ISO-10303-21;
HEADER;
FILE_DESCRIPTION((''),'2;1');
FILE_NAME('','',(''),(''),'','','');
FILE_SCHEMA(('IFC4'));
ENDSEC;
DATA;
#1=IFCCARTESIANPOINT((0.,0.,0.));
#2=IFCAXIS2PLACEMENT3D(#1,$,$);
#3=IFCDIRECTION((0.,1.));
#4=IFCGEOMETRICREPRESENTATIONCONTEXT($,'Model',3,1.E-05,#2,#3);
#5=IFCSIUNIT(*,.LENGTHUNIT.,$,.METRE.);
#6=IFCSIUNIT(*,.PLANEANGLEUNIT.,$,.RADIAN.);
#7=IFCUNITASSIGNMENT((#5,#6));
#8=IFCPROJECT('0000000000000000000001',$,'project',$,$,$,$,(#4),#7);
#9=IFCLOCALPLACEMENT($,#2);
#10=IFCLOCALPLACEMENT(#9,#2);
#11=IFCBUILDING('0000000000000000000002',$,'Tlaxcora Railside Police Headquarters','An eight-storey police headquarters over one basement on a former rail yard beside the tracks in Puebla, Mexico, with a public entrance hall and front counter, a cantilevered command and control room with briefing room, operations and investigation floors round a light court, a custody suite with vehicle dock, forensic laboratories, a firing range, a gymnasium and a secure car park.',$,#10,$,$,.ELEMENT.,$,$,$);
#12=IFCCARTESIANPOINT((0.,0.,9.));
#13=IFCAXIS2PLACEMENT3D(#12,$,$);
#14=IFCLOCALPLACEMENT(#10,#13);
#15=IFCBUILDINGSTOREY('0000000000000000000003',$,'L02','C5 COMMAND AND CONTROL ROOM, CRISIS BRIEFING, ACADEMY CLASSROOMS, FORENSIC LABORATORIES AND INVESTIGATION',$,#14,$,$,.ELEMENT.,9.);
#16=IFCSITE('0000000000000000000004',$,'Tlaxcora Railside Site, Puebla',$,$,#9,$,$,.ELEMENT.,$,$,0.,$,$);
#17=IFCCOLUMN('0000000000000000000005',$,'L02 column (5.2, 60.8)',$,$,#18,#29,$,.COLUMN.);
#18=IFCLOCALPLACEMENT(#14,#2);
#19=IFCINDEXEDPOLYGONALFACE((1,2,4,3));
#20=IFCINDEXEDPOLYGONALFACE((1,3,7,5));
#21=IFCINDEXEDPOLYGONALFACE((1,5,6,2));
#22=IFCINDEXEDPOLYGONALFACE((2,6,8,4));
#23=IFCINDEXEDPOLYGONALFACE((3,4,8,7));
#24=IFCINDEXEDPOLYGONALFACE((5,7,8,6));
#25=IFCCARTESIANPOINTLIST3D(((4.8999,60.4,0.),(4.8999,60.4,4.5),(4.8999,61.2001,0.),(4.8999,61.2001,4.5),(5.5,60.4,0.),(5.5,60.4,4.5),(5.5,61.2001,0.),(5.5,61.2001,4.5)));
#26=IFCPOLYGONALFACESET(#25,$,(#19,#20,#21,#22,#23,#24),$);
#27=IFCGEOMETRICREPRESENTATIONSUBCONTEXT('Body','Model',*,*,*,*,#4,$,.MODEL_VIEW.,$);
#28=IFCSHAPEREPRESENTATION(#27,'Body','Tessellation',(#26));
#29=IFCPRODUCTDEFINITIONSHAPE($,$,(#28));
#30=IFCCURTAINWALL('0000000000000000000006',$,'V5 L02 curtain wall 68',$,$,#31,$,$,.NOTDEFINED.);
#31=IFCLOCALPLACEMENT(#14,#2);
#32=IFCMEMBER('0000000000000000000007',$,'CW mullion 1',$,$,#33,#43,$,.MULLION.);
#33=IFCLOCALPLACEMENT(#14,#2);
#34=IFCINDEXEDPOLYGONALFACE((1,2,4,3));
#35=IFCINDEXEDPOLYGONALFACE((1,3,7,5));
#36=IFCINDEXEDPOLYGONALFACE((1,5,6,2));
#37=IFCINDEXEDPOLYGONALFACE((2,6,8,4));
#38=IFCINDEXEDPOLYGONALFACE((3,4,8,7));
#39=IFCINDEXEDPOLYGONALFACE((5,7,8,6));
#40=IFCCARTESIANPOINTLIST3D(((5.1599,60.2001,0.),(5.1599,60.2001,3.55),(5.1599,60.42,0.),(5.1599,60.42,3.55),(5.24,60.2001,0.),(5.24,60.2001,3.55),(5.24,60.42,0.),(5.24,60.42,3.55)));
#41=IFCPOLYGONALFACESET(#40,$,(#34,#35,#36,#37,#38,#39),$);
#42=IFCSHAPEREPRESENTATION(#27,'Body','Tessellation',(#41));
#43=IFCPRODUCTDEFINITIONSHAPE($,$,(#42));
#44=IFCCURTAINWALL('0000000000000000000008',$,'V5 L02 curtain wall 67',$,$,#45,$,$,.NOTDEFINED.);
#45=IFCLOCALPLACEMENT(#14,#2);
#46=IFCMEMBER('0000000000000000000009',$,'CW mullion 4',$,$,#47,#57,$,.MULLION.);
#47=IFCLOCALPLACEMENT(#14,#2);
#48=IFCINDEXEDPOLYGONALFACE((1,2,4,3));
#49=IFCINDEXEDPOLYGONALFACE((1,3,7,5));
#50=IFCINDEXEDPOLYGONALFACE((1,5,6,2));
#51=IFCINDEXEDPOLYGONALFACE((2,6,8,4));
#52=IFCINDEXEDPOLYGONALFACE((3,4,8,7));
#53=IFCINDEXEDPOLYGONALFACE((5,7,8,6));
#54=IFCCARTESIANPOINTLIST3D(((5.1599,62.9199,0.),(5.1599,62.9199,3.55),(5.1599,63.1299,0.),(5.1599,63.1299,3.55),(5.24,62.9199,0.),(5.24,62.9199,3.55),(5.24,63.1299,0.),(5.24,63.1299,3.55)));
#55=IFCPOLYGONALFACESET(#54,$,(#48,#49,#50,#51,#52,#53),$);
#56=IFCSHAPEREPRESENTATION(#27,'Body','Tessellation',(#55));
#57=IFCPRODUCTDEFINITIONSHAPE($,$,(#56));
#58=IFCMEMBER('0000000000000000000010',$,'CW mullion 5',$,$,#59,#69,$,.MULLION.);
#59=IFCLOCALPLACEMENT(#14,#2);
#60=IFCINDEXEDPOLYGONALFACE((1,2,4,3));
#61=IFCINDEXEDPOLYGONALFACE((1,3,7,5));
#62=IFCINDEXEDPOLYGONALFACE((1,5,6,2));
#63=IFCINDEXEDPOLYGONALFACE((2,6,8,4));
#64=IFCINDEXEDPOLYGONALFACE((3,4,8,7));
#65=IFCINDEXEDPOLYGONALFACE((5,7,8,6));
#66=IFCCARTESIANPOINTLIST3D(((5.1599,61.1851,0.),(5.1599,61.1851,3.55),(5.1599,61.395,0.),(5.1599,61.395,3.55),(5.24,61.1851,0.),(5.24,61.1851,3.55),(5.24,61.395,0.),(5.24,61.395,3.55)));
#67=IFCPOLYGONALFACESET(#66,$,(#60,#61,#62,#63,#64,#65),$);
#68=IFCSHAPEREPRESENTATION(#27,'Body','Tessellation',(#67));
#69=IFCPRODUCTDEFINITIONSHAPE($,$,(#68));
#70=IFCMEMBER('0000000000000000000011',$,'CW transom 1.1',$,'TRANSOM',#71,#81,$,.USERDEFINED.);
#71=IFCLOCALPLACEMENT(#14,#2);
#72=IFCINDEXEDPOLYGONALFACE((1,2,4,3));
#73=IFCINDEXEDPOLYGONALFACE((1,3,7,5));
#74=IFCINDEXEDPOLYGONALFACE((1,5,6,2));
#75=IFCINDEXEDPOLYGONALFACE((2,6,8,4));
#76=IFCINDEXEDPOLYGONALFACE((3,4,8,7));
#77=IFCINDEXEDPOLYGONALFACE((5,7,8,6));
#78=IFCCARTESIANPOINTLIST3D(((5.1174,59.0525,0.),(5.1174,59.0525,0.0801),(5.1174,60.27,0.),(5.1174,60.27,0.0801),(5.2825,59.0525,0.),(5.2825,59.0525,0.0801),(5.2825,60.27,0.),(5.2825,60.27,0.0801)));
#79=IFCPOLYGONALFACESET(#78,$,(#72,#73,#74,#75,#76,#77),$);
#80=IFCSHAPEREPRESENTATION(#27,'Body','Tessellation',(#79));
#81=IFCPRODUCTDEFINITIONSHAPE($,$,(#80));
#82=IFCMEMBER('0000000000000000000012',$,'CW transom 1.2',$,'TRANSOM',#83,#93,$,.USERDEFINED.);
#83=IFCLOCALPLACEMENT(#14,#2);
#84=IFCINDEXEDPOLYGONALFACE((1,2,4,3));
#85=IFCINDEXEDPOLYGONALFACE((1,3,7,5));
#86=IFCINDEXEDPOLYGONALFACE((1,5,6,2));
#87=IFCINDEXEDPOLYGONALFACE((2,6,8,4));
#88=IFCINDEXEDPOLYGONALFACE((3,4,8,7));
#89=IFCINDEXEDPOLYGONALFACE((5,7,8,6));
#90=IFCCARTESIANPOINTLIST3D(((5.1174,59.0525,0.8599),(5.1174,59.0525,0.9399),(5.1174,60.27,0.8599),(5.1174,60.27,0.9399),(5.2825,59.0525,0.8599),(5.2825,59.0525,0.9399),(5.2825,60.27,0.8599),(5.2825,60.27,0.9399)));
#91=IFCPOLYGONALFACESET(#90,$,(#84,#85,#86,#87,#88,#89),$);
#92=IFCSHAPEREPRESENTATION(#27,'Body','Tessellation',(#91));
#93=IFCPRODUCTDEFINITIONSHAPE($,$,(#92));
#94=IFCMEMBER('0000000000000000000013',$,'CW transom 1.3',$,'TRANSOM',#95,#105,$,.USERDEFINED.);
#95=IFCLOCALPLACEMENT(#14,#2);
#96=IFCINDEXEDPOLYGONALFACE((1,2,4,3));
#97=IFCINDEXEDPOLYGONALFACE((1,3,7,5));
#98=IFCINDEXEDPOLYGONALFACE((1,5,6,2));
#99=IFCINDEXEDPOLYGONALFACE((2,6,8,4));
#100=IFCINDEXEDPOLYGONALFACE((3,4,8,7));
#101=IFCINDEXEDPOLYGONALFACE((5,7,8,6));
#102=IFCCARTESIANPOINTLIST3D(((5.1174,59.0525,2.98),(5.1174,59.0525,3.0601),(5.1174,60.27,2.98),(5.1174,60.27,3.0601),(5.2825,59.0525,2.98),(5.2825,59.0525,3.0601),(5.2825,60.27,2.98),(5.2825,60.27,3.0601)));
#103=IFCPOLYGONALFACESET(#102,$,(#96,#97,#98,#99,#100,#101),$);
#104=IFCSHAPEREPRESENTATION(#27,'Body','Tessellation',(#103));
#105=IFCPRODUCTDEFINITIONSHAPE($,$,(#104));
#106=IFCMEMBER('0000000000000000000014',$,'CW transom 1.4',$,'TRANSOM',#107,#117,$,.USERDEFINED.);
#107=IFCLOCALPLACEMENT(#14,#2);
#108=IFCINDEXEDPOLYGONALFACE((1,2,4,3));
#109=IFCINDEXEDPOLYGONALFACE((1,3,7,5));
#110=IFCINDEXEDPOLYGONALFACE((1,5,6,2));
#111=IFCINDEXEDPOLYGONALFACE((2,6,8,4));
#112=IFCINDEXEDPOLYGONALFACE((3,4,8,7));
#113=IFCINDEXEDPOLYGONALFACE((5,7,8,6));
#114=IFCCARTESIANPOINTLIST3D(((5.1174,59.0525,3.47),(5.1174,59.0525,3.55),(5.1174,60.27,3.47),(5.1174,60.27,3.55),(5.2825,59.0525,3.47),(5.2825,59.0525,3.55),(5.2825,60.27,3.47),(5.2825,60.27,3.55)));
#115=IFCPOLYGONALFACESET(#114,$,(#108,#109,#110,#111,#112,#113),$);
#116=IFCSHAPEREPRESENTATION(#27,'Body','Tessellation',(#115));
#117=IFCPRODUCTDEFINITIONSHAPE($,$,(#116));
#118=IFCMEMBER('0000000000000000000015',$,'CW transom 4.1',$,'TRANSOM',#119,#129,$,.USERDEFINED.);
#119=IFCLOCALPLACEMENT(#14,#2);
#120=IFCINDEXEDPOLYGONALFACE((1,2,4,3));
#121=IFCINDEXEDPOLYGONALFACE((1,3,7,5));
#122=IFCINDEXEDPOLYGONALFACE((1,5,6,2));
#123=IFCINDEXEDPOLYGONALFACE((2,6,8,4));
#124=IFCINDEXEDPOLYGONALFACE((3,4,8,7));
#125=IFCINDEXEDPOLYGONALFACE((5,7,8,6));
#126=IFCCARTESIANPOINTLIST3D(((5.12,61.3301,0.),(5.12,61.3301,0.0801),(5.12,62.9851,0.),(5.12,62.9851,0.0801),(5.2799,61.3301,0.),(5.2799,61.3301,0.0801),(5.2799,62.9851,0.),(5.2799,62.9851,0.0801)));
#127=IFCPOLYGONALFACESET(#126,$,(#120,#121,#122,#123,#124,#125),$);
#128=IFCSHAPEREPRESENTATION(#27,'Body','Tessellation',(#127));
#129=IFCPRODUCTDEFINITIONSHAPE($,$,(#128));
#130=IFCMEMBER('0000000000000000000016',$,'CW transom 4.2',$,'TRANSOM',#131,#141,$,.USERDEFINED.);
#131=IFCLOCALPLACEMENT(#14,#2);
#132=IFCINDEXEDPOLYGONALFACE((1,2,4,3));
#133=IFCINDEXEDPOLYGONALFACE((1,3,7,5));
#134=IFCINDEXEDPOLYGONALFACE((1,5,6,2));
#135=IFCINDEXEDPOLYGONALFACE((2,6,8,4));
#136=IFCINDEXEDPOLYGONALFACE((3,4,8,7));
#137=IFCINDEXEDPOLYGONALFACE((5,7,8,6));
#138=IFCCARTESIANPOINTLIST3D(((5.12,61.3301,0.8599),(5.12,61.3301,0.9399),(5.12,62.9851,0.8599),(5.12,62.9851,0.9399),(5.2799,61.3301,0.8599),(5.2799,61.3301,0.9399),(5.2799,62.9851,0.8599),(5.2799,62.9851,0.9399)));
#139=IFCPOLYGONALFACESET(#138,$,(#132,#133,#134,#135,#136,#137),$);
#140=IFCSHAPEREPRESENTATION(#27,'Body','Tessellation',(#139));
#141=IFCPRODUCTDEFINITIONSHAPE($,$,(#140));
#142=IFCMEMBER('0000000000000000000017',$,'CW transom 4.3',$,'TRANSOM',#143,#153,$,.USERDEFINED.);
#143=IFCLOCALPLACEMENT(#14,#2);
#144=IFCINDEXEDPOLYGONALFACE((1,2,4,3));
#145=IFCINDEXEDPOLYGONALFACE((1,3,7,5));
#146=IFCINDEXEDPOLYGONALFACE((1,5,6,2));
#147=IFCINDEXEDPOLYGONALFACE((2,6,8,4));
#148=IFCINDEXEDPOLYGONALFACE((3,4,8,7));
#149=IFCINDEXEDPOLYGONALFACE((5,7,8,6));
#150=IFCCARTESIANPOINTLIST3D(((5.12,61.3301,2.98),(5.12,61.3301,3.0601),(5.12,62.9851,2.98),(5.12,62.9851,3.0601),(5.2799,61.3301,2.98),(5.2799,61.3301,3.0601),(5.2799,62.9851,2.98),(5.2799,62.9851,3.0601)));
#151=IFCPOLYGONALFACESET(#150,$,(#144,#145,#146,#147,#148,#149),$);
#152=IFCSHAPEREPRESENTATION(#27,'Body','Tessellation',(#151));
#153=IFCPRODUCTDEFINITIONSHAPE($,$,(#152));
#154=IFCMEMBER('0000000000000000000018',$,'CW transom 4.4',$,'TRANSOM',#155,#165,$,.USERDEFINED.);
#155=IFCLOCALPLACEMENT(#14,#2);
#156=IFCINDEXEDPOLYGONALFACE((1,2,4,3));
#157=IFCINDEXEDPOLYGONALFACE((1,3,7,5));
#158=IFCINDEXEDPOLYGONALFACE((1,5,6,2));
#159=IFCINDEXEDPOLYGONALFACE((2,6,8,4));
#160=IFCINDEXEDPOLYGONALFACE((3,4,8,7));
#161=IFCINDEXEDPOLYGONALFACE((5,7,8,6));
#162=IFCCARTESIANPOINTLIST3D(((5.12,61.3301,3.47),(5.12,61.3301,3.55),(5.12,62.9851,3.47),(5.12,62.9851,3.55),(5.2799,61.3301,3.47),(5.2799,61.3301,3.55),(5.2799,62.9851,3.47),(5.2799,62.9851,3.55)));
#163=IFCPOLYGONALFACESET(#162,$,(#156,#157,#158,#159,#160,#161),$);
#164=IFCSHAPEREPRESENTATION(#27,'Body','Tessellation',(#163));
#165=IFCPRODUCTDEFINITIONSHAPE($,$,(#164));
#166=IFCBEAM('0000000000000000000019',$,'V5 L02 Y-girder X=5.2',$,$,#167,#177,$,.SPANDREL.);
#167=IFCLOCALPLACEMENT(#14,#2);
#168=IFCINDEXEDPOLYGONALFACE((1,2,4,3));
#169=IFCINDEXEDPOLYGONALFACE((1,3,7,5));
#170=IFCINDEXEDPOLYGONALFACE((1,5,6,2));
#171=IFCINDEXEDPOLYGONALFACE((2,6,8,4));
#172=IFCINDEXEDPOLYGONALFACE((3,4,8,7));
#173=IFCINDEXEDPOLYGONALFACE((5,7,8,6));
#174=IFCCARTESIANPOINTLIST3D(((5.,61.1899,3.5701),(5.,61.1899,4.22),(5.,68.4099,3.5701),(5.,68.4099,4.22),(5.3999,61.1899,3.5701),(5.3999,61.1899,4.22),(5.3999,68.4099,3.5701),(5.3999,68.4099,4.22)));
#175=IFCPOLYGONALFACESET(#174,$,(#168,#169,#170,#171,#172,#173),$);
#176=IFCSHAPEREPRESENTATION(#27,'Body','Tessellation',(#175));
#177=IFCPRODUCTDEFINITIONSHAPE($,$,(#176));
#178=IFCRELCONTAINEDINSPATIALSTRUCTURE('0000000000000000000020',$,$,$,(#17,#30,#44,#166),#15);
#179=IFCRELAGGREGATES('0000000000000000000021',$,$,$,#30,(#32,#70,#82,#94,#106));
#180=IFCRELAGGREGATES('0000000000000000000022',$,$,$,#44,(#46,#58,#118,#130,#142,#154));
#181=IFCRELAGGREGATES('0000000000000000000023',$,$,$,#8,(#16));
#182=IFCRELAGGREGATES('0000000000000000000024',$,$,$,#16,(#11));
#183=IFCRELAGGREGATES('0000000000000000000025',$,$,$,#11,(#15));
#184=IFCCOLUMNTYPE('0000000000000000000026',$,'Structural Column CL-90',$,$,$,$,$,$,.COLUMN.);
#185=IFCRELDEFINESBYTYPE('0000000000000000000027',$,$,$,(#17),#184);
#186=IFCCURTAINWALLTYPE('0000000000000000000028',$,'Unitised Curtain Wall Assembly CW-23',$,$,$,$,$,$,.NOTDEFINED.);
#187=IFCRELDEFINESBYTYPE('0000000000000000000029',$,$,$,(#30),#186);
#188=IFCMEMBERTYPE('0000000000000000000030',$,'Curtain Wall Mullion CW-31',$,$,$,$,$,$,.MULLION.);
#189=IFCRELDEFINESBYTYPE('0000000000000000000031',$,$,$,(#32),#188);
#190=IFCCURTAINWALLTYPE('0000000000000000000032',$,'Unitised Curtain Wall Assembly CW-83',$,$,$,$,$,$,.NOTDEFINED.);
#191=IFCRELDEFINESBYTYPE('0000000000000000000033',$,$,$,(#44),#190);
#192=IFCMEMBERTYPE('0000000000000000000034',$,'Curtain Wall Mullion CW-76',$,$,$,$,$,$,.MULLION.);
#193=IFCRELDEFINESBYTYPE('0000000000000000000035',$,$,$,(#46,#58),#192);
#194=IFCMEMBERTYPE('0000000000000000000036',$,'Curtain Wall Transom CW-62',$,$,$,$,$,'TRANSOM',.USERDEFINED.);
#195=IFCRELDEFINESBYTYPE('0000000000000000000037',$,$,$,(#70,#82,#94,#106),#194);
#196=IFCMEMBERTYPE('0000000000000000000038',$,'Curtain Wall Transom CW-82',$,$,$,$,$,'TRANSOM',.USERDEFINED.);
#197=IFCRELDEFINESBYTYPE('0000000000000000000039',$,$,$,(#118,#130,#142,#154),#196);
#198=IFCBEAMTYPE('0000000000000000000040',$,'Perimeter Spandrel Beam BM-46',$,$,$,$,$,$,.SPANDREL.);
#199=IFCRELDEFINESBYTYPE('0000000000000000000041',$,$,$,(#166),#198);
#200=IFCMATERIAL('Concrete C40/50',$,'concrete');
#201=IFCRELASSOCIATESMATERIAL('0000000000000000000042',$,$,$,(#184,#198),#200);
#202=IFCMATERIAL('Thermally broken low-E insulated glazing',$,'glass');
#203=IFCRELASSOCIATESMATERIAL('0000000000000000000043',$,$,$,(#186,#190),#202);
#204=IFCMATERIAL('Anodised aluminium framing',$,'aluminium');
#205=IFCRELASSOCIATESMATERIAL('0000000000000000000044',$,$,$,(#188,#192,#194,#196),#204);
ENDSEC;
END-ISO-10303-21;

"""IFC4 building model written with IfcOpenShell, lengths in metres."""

from ifc_helpers import new_model, si_unit, direction, frame, origin, origin_2d, place, context, subcontext, project, spatial, rectangle, extrude, material, material_profile, profile_set, type_object, element, aggregate, save


model = new_model("IFC4")

# Units and contexts
model_context = context("Model", 3, precision=1e-05, world=origin(), true_north=direction((0.0, 1.0)))
body_context = subcontext(model_context, "Body", "Model", "MODEL_VIEW")
ifc_project = project(units=[si_unit("LENGTHUNIT", "METRE"), si_unit("PLANEANGLEUNIT", "RADIAN")], contexts=[model_context])

# Site, building, storey
site_placement = place(None, origin())
site = spatial("IfcSite", under=ifc_project, at=site_placement, Name="Tlaxcora Railside Site, Puebla", CompositionType="ELEMENT", RefElevation=0.0)
building_placement = place(site_placement, origin())
building = spatial("IfcBuilding", under=site, at=building_placement, Name="Tlaxcora Railside Police Headquarters", Description="An eight-storey police headquarters over one basement on a former rail yard beside the tracks in Puebla, Mexico, with a public entrance hall and front counter, a cantilevered command and control room with briefing room, operations and investigation floors round a light court, a custody suite with vehicle dock, forensic laboratories, a firing range, a gymnasium and a secure car park.", CompositionType="ELEMENT")
storey_placement = place(building_placement, frame((0.0, 0.0, 9.0)))
storey = spatial("IfcBuildingStorey", under=building, at=storey_placement, Name="L02", Description="C5 COMMAND AND CONTROL ROOM, CRISIS BRIEFING, ACADEMY CLASSROOMS, FORENSIC LABORATORIES AND INVESTIGATION", CompositionType="ELEMENT", Elevation=9.0)

# Column
ifc_material_1 = material(Name="Concrete C40/50", Category="concrete")
ifc_material_profile_1 = material_profile(ifc_material_1, rectangle(XDim=0.6001, YDim=0.8, at=origin_2d()), Name="RC600X800")
ifc_profile_set_1 = profile_set([ifc_material_profile_1], Name="Concrete C40/50")
column_type = type_object("IfcColumnType", Name="Structural Column CL-90", PredefinedType="COLUMN", material=ifc_profile_set_1)
column_placement = place(storey_placement, frame((5.2, 60.8, 0.0), z_axis=(0.0, 0.0, 1.0), x_axis=(1.0, 0.0, 0.0)))
element("IfcColumn", 1, at=column_placement, inside=storey, type_object=column_type, Name="L02 column (5.2, 60.8)", PredefinedType="COLUMN", context=body_context, shape_type="SweptSolid", body=[
    extrude(rectangle(XDim=0.6001, YDim=0.8, at=origin_2d()), origin(), (0.0, 0.0, 1.0), 4.5),
])

# Curtain wall, member
ifc_material_2 = material(Name="Thermally broken low-E insulated glazing", Category="glass")
curtain_wall_type_1 = type_object("IfcCurtainWallType", Name="Unitised Curtain Wall Assembly CW-23", PredefinedType="NOTDEFINED", material=ifc_material_2)
curtain_wall_1_placement = place(storey_placement, origin())
curtain_wall_1 = element("IfcCurtainWall", 2, at=curtain_wall_1_placement, inside=storey, type_object=curtain_wall_type_1, Name="V5 L02 curtain wall 68", PredefinedType="NOTDEFINED")
ifc_material_3 = material(Name="Anodised aluminium framing", Category="aluminium")
ifc_material_profile_2 = material_profile(ifc_material_3, rectangle(XDim=0.0801, YDim=0.22, at=origin_2d()), Name="AL80X220")
ifc_profile_set_2 = profile_set([ifc_material_profile_2], Name="Anodised aluminium framing")
member_type_1 = type_object("IfcMemberType", Name="Curtain Wall Mullion CW-31", PredefinedType="MULLION", material=ifc_profile_set_2)
member_1_placement = place(storey_placement, frame((5.2, 60.3101, 0.0), z_axis=(0.0, 0.0, 1.0), x_axis=(1.0, 0.0, 0.0)))
member_1 = element("IfcMember", 3, at=member_1_placement, type_object=member_type_1, Name="CW mullion 1", PredefinedType="MULLION", context=body_context, shape_type="SweptSolid", body=[
    extrude(rectangle(XDim=0.0801, YDim=0.22, at=origin_2d()), origin(), (0.0, 0.0, 1.0), 3.55),
])

# Curtain wall, members
curtain_wall_type_2 = type_object("IfcCurtainWallType", Name="Unitised Curtain Wall Assembly CW-83", PredefinedType="NOTDEFINED", material=ifc_material_2)
curtain_wall_2_placement = place(storey_placement, origin())
curtain_wall_2 = element("IfcCurtainWall", 4, at=curtain_wall_2_placement, inside=storey, type_object=curtain_wall_type_2, Name="V5 L02 curtain wall 67", PredefinedType="NOTDEFINED")
ifc_material_profile_3 = material_profile(ifc_material_3, rectangle(XDim=0.0801, YDim=0.21, at=origin_2d()), Name="AL80X210")
ifc_profile_set_3 = profile_set([ifc_material_profile_3], Name="Anodised aluminium framing")
member_type_2 = type_object("IfcMemberType", Name="Curtain Wall Mullion CW-76", PredefinedType="MULLION", material=ifc_profile_set_3)
member_2_placement = place(storey_placement, frame((5.2, 63.0249, 0.0), z_axis=(0.0, 0.0, 1.0), x_axis=(1.0, 0.0, 0.0)))
member_2 = element("IfcMember", 5, at=member_2_placement, type_object=member_type_2, Name="CW mullion 4", PredefinedType="MULLION", context=body_context, shape_type="SweptSolid", body=[
    extrude(rectangle(XDim=0.0801, YDim=0.21, at=origin_2d()), origin(), (0.0, 0.0, 1.0), 3.55),
])
member_3_placement = place(storey_placement, frame((5.2, 61.29, 0.0), z_axis=(0.0, 0.0, 1.0), x_axis=(1.0, 0.0, 0.0)))
member_3 = element("IfcMember", 6, at=member_3_placement, type_object=member_type_2, Name="CW mullion 5", PredefinedType="MULLION", context=body_context, shape_type="SweptSolid", body=[
    extrude(rectangle(XDim=0.0801, YDim=0.21, at=origin_2d()), origin(), (0.0, 0.0, 1.0), 3.55),
])

# Members
ifc_material_profile_4 = material_profile(ifc_material_3, rectangle(XDim=0.165, YDim=0.0801, at=origin_2d()), Name="AL80X165")
ifc_profile_set_4 = profile_set([ifc_material_profile_4], Name="Anodised aluminium framing")
member_type_3 = type_object("IfcMemberType", Name="Curtain Wall Transom CW-62", ElementType="TRANSOM", PredefinedType="USERDEFINED", material=ifc_profile_set_4)
member_4_placement = place(storey_placement, frame((5.2, 60.27, 0.04), z_axis=(0.0, -1.0, 0.0), x_axis=(1.0, 0.0, 0.0)))
member_4 = element("IfcMember", 7, at=member_4_placement, type_object=member_type_3, Name="CW transom 1.1", ObjectType="TRANSOM", PredefinedType="USERDEFINED", context=body_context, shape_type="SweptSolid", body=[
    extrude(rectangle(XDim=0.165, YDim=0.0801, at=origin_2d()), origin(), (0.0, 0.0, 1.0), 1.2175),
])
member_5_placement = place(storey_placement, frame((5.2, 60.27, 0.8999), z_axis=(0.0, -1.0, 0.0), x_axis=(1.0, 0.0, 0.0)))
member_5 = element("IfcMember", 8, at=member_5_placement, type_object=member_type_3, Name="CW transom 1.2", ObjectType="TRANSOM", PredefinedType="USERDEFINED", context=body_context, shape_type="SweptSolid", body=[
    extrude(rectangle(XDim=0.165, YDim=0.0801, at=origin_2d()), origin(), (0.0, 0.0, 1.0), 1.2175),
])
member_6_placement = place(storey_placement, frame((5.2, 60.27, 3.02), z_axis=(0.0, -1.0, 0.0), x_axis=(1.0, 0.0, 0.0)))
member_6 = element("IfcMember", 9, at=member_6_placement, type_object=member_type_3, Name="CW transom 1.3", ObjectType="TRANSOM", PredefinedType="USERDEFINED", context=body_context, shape_type="SweptSolid", body=[
    extrude(rectangle(XDim=0.165, YDim=0.0801, at=origin_2d()), origin(), (0.0, 0.0, 1.0), 1.2175),
])
member_7_placement = place(storey_placement, frame((5.2, 60.27, 3.51), z_axis=(0.0, -1.0, 0.0), x_axis=(1.0, 0.0, 0.0)))
member_7 = element("IfcMember", 10, at=member_7_placement, type_object=member_type_3, Name="CW transom 1.4", ObjectType="TRANSOM", PredefinedType="USERDEFINED", context=body_context, shape_type="SweptSolid", body=[
    extrude(rectangle(XDim=0.165, YDim=0.0801, at=origin_2d()), origin(), (0.0, 0.0, 1.0), 1.2175),
])
aggregate(curtain_wall_1, [member_1, member_4, member_5, member_6, member_7])
ifc_material_profile_5 = material_profile(ifc_material_3, rectangle(XDim=0.1599, YDim=0.0801, at=origin_2d()), Name="AL80X160")
ifc_profile_set_5 = profile_set([ifc_material_profile_5], Name="Anodised aluminium framing")
member_type_4 = type_object("IfcMemberType", Name="Curtain Wall Transom CW-82", ElementType="TRANSOM", PredefinedType="USERDEFINED", material=ifc_profile_set_5)
member_8_placement = place(storey_placement, frame((5.2, 62.9851, 0.04), z_axis=(0.0, -1.0, 0.0), x_axis=(1.0, 0.0, 0.0)))
member_8 = element("IfcMember", 11, at=member_8_placement, type_object=member_type_4, Name="CW transom 4.1", ObjectType="TRANSOM", PredefinedType="USERDEFINED", context=body_context, shape_type="SweptSolid", body=[
    extrude(rectangle(XDim=0.1599, YDim=0.0801, at=origin_2d()), origin(), (0.0, 0.0, 1.0), 1.655),
])
member_9_placement = place(storey_placement, frame((5.2, 62.9851, 0.8999), z_axis=(0.0, -1.0, 0.0), x_axis=(1.0, 0.0, 0.0)))
member_9 = element("IfcMember", 12, at=member_9_placement, type_object=member_type_4, Name="CW transom 4.2", ObjectType="TRANSOM", PredefinedType="USERDEFINED", context=body_context, shape_type="SweptSolid", body=[
    extrude(rectangle(XDim=0.1599, YDim=0.0801, at=origin_2d()), origin(), (0.0, 0.0, 1.0), 1.655),
])
member_10_placement = place(storey_placement, frame((5.2, 62.9851, 3.02), z_axis=(0.0, -1.0, 0.0), x_axis=(1.0, 0.0, 0.0)))
member_10 = element("IfcMember", 13, at=member_10_placement, type_object=member_type_4, Name="CW transom 4.3", ObjectType="TRANSOM", PredefinedType="USERDEFINED", context=body_context, shape_type="SweptSolid", body=[
    extrude(rectangle(XDim=0.1599, YDim=0.0801, at=origin_2d()), origin(), (0.0, 0.0, 1.0), 1.655),
])
member_11_placement = place(storey_placement, frame((5.2, 62.9851, 3.51), z_axis=(0.0, -1.0, 0.0), x_axis=(1.0, 0.0, 0.0)))
member_11 = element("IfcMember", 14, at=member_11_placement, type_object=member_type_4, Name="CW transom 4.4", ObjectType="TRANSOM", PredefinedType="USERDEFINED", context=body_context, shape_type="SweptSolid", body=[
    extrude(rectangle(XDim=0.1599, YDim=0.0801, at=origin_2d()), origin(), (0.0, 0.0, 1.0), 1.655),
])

# Beam
ifc_material_profile_6 = material_profile(ifc_material_1, rectangle(XDim=0.3999, YDim=0.6499, at=origin_2d()), Name="RC400X650")
ifc_profile_set_6 = profile_set([ifc_material_profile_6], Name="Concrete C40/50")
beam_type = type_object("IfcBeamType", Name="Perimeter Spandrel Beam BM-46", PredefinedType="SPANDREL", material=ifc_profile_set_6)
beam_placement = place(storey_placement, frame((5.2, 61.1899, 3.895), z_axis=(0.0, 1.0, 0.0), x_axis=(-1.0, 0.0, 0.0)))
element("IfcBeam", 15, at=beam_placement, inside=storey, type_object=beam_type, Name="V5 L02 Y-girder X=5.2", PredefinedType="SPANDREL", context=body_context, shape_type="SweptSolid", body=[
    extrude(rectangle(XDim=0.3999, YDim=0.6499, at=origin_2d()), origin(), (0.0, 0.0, 1.0), 7.22),
])

aggregate(curtain_wall_2, [member_2, member_3, member_8, member_9, member_10, member_11])

save(model, "model.ifc")
